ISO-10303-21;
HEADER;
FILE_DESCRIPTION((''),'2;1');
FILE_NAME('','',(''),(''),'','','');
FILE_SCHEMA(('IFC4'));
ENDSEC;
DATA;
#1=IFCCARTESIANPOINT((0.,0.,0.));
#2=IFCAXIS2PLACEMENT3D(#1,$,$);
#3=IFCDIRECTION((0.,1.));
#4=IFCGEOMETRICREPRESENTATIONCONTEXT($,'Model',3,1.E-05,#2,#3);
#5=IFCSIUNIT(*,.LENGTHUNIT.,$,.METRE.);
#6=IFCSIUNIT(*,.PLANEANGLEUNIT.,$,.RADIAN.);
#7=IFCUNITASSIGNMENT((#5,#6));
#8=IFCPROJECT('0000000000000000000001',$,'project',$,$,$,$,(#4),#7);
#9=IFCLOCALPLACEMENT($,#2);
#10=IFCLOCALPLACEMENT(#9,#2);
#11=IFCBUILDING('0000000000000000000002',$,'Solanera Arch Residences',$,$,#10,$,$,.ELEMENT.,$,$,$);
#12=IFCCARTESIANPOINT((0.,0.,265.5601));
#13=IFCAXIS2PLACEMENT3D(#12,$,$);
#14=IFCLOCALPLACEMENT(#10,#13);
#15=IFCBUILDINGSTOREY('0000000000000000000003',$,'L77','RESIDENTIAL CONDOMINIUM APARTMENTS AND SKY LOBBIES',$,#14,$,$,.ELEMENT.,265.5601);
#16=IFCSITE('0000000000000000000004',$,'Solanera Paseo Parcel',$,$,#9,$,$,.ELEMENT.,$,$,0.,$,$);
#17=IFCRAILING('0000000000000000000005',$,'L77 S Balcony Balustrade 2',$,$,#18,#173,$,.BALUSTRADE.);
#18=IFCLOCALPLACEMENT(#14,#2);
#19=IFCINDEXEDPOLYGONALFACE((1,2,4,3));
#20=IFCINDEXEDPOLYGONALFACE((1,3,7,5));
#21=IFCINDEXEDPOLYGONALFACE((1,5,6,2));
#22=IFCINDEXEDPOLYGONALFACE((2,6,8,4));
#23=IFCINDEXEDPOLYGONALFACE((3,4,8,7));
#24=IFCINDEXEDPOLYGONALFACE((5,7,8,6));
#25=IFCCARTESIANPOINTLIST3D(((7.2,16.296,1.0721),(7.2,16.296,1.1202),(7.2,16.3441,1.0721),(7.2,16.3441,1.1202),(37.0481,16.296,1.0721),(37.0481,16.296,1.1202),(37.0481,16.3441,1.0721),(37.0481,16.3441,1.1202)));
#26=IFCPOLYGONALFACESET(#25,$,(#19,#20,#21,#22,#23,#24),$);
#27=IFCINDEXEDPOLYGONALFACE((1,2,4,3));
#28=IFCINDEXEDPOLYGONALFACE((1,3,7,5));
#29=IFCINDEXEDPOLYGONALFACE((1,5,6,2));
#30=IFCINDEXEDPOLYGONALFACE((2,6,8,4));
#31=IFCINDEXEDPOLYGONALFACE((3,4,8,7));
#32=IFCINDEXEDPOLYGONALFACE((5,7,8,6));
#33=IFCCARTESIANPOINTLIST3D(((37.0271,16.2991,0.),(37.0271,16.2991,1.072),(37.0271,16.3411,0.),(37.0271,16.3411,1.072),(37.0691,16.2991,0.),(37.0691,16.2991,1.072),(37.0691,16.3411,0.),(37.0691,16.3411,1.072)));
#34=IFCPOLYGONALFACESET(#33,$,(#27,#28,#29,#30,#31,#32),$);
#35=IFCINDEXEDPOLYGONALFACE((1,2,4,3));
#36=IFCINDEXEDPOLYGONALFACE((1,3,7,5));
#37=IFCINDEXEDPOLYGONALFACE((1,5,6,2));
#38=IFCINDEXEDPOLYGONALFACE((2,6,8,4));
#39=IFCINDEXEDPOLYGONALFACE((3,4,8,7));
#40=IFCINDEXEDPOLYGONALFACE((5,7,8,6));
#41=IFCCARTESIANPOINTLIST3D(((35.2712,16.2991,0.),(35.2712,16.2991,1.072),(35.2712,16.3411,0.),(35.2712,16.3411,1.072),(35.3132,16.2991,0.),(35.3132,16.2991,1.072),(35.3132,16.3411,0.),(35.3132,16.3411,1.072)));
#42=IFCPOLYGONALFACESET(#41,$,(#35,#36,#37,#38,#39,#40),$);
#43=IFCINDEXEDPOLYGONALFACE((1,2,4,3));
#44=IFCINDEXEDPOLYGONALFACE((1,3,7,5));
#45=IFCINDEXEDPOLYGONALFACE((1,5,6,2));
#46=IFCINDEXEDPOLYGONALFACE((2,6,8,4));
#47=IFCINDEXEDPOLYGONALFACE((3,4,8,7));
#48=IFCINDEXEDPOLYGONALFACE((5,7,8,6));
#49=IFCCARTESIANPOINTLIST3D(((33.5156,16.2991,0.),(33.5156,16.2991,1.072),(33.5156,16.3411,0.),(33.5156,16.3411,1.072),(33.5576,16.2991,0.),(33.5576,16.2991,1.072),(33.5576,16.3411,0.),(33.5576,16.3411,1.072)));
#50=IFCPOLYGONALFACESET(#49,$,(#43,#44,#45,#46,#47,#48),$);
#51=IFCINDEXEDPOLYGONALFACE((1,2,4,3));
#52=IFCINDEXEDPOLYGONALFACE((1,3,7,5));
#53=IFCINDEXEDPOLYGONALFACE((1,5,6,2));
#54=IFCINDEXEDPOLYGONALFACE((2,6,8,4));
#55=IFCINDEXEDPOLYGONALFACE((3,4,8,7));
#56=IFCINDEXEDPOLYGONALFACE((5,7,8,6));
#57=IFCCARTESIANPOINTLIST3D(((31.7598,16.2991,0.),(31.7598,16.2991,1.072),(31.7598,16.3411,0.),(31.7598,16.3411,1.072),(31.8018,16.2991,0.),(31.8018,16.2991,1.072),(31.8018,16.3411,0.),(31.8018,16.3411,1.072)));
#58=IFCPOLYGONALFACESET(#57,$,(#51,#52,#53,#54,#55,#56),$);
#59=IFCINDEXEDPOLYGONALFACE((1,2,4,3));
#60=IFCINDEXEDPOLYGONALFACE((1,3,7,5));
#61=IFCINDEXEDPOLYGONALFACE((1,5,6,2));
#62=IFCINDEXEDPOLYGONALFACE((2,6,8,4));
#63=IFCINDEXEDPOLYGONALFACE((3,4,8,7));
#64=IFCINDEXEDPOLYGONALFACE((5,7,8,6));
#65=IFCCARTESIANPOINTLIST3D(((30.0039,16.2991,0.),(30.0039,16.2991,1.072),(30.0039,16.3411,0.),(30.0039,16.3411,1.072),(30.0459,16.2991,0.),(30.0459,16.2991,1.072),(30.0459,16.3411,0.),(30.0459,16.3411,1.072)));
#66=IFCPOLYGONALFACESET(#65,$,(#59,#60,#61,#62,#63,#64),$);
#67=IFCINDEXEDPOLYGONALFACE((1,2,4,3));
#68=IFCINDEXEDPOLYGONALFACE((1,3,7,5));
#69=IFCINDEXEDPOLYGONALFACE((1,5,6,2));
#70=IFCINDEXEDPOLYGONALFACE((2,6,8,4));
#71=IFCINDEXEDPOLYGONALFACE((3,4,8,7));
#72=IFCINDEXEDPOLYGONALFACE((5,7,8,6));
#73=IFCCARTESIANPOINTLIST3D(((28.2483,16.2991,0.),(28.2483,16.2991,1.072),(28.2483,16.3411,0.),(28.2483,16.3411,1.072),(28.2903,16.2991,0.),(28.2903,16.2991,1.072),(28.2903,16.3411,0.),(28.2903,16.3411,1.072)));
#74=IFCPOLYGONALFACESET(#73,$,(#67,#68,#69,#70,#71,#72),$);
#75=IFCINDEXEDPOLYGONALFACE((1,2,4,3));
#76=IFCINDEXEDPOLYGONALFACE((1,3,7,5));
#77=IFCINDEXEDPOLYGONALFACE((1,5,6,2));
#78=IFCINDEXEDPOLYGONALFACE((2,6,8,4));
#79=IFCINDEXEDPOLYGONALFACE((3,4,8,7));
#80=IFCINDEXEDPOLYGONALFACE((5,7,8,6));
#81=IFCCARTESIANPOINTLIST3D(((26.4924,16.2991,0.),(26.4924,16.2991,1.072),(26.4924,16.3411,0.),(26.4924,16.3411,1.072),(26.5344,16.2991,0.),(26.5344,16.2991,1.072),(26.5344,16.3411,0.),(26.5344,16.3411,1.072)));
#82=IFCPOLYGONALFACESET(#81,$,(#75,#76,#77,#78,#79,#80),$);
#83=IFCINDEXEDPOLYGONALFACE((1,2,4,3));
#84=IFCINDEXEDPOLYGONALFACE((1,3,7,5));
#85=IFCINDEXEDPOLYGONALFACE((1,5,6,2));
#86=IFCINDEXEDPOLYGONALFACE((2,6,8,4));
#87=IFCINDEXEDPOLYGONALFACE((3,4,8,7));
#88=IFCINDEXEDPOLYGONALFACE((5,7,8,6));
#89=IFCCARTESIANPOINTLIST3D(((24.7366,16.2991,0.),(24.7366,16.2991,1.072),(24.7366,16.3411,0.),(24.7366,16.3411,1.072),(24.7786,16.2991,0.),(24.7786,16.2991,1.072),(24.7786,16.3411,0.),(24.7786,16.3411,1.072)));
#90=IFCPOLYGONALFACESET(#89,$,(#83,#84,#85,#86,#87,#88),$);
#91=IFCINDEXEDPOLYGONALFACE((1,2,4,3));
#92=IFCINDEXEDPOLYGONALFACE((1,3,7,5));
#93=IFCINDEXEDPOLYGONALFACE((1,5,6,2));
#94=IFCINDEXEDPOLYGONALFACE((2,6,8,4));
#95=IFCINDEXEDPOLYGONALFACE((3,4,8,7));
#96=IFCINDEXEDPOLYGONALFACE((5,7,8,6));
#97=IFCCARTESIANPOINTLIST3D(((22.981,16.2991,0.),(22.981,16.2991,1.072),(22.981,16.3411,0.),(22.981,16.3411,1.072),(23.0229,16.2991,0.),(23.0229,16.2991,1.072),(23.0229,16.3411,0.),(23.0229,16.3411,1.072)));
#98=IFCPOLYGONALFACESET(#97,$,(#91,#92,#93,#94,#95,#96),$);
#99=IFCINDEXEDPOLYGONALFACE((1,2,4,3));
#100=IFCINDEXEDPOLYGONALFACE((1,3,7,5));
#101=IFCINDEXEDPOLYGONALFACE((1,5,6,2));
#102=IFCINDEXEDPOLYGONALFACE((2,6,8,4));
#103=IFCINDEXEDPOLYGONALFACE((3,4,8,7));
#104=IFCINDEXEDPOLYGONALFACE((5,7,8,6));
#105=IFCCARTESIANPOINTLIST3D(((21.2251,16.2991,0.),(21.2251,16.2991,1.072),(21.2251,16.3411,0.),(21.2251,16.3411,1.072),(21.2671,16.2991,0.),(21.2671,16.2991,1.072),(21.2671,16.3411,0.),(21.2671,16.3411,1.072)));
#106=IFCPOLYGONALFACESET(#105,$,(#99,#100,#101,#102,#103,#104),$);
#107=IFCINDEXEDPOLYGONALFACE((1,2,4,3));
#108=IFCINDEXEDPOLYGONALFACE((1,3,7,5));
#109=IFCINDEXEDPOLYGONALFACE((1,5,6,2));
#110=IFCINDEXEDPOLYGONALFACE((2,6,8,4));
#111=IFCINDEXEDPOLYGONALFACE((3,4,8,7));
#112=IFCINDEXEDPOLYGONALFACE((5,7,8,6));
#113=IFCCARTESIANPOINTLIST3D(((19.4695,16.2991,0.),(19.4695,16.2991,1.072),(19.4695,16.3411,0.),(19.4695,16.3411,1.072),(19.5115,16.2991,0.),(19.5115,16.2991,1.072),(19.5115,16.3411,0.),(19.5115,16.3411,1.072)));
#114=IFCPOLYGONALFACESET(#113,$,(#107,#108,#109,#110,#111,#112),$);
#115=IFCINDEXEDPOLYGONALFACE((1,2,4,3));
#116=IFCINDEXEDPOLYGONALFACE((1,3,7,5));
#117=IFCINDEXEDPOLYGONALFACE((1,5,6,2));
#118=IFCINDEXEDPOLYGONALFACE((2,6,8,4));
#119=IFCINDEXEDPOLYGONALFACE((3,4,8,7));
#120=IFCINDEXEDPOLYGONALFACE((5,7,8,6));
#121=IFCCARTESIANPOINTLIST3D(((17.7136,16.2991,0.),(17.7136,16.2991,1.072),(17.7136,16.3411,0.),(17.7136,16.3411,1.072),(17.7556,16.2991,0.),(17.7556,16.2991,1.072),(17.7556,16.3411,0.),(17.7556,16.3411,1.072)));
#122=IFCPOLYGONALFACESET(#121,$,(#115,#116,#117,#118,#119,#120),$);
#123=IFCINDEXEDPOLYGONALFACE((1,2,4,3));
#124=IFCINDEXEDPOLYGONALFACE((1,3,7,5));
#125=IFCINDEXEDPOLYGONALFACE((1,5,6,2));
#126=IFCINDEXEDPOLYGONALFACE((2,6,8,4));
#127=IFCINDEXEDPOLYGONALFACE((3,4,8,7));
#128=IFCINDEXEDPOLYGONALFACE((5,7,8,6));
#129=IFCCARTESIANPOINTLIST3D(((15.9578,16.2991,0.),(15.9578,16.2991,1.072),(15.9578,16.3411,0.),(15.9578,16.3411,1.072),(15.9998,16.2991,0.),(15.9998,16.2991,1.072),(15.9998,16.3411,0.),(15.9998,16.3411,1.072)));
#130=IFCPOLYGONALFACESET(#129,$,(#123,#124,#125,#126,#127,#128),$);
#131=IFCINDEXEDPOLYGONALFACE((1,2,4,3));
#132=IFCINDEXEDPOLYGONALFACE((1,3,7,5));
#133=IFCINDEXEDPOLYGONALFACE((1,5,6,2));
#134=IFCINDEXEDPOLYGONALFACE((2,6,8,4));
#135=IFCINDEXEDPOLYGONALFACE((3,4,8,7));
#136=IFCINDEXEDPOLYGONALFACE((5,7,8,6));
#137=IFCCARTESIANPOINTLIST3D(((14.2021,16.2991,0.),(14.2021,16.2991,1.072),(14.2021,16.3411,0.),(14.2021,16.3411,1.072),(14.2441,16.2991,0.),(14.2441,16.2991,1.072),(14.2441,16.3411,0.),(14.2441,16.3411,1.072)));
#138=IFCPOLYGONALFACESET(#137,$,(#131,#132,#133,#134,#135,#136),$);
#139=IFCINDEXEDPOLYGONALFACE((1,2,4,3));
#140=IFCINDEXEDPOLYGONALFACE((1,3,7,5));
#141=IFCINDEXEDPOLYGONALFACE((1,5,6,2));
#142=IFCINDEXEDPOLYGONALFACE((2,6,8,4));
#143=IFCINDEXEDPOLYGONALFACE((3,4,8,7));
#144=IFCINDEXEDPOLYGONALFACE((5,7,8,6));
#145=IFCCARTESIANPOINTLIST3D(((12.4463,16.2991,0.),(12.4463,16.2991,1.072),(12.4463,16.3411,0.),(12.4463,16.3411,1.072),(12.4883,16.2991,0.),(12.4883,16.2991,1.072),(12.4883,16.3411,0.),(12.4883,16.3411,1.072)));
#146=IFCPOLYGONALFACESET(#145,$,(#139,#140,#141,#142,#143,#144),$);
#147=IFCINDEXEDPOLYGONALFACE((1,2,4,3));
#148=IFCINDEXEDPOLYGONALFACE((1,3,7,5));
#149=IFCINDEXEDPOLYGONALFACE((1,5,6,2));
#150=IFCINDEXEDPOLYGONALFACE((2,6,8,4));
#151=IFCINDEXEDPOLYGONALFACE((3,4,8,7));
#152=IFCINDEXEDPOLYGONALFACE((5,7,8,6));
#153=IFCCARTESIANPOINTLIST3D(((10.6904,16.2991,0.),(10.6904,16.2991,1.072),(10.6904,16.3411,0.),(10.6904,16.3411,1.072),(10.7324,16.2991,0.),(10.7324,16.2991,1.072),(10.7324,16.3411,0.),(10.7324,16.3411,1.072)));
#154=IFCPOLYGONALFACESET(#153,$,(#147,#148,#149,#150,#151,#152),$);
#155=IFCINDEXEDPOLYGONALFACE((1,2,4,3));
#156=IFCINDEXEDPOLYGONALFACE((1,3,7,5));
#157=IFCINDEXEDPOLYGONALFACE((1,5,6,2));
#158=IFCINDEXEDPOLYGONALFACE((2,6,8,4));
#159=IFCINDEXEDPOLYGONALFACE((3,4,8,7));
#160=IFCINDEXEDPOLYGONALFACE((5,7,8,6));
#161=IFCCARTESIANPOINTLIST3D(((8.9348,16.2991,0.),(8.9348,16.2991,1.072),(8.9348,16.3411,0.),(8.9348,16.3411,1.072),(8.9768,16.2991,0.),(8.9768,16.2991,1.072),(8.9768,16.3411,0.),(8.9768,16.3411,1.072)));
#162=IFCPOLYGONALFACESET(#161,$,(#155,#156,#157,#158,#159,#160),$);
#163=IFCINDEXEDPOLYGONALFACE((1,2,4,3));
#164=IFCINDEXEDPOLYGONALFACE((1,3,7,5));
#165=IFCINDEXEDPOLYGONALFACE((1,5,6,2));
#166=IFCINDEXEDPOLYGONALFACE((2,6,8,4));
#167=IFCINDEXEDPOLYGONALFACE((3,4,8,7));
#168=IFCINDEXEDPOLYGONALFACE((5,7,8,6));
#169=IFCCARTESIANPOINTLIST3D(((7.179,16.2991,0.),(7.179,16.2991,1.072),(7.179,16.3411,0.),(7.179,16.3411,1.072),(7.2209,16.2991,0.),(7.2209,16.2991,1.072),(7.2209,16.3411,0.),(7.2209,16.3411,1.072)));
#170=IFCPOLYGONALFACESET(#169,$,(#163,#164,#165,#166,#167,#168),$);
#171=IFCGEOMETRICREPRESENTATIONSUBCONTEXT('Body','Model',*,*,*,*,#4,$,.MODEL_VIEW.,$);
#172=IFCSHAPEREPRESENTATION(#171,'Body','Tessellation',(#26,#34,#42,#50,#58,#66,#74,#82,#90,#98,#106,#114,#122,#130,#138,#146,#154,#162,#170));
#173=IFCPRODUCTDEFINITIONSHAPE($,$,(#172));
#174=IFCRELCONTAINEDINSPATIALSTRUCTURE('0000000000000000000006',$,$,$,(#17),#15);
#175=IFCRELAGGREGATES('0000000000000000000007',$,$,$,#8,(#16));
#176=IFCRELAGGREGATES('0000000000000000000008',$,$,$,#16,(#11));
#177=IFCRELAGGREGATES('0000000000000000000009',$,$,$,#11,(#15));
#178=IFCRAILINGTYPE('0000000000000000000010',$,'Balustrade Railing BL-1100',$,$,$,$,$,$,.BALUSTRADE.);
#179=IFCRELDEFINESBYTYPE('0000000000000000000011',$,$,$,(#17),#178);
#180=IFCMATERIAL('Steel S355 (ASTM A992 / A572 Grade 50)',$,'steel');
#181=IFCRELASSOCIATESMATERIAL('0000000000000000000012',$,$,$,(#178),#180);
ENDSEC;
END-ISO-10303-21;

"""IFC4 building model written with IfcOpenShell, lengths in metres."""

from ifc_helpers import new_model, si_unit, direction, frame, origin, origin_2d, place, context, subcontext, project, spatial, rectangle, extrude, material, type_object, element, save


model = new_model("IFC4")

# Units and contexts
model_context = context("Model", 3, precision=1e-05, world=origin(), true_north=direction((0.0, 1.0)))
body_context = subcontext(model_context, "Body", "Model", "MODEL_VIEW")
ifc_project = project(units=[si_unit("LENGTHUNIT", "METRE"), si_unit("PLANEANGLEUNIT", "RADIAN")], contexts=[model_context])

# Site, building, storey
site_placement = place(None, origin())
site = spatial("IfcSite", under=ifc_project, at=site_placement, Name="Solanera Paseo Parcel", CompositionType="ELEMENT", RefElevation=0.0)
building_placement = place(site_placement, origin())
building = spatial("IfcBuilding", under=site, at=building_placement, Name="Solanera Arch Residences", CompositionType="ELEMENT")
storey_placement = place(building_placement, frame((0.0, 0.0, 265.5601)))
storey = spatial("IfcBuildingStorey", under=building, at=storey_placement, Name="L77", Description="RESIDENTIAL CONDOMINIUM APARTMENTS AND SKY LOBBIES", CompositionType="ELEMENT", Elevation=265.5601)

# Railing
ifc_material_1 = material(Name="Steel S355 (ASTM A992 / A572 Grade 50)", Category="steel")
railing_type = type_object("IfcRailingType", Name="Balustrade Railing BL-1100", PredefinedType="BALUSTRADE", material=ifc_material_1)
railing_1_placement = place(storey_placement, frame((37.0481, 16.3201, 0.0)))
element("IfcRailing", 1, at=railing_1_placement, inside=storey, type_object=railing_type, Name="L77 S Balcony Balustrade 2", PredefinedType="BALUSTRADE", context=body_context, shape_type="SweptSolid", body=[
    extrude(rectangle(XDim=0.0481, YDim=0.0481, at=origin_2d()), frame((0.0, 0.0, 1.0962), z_axis=(-1.0, 0.0, 0.0), x_axis=(0.0, -1.0, 0.0)), (0.0, 0.0, 1.0), 29.8481),
    extrude(rectangle(XDim=0.042, YDim=0.042, at=origin_2d()), origin(), (0.0, 0.0, 1.0), 1.072),
    extrude(rectangle(XDim=0.042, YDim=0.042, at=origin_2d()), frame((-1.7559, 0.0, 0.0)), (0.0, 0.0, 1.0), 1.072),
    extrude(rectangle(XDim=0.042, YDim=0.042, at=origin_2d()), frame((-3.5115, 0.0, 0.0)), (0.0, 0.0, 1.0), 1.072),
    extrude(rectangle(XDim=0.042, YDim=0.042, at=origin_2d()), frame((-5.2673, 0.0, 0.0)), (0.0, 0.0, 1.0), 1.072),
    extrude(rectangle(XDim=0.042, YDim=0.042, at=origin_2d()), frame((-7.0232, 0.0, 0.0)), (0.0, 0.0, 1.0), 1.072),
    extrude(rectangle(XDim=0.042, YDim=0.042, at=origin_2d()), frame((-8.7788, 0.0, 0.0)), (0.0, 0.0, 1.0), 1.072),
    extrude(rectangle(XDim=0.042, YDim=0.042, at=origin_2d()), frame((-10.5347, 0.0, 0.0)), (0.0, 0.0, 1.0), 1.072),
    extrude(rectangle(XDim=0.042, YDim=0.042, at=origin_2d()), frame((-12.2905, 0.0, 0.0)), (0.0, 0.0, 1.0), 1.072),
    extrude(rectangle(XDim=0.042, YDim=0.042, at=origin_2d()), frame((-14.0461, 0.0, 0.0)), (0.0, 0.0, 1.0), 1.072),
    extrude(rectangle(XDim=0.042, YDim=0.042, at=origin_2d()), frame((-15.802, 0.0, 0.0)), (0.0, 0.0, 1.0), 1.072),
    extrude(rectangle(XDim=0.042, YDim=0.042, at=origin_2d()), frame((-17.5576, 0.0, 0.0)), (0.0, 0.0, 1.0), 1.072),
    extrude(rectangle(XDim=0.042, YDim=0.042, at=origin_2d()), frame((-19.3135, 0.0, 0.0)), (0.0, 0.0, 1.0), 1.072),
    extrude(rectangle(XDim=0.042, YDim=0.042, at=origin_2d()), frame((-21.0693, 0.0, 0.0)), (0.0, 0.0, 1.0), 1.072),
    extrude(rectangle(XDim=0.042, YDim=0.042, at=origin_2d()), frame((-22.825, 0.0, 0.0)), (0.0, 0.0, 1.0), 1.072),
    extrude(rectangle(XDim=0.042, YDim=0.042, at=origin_2d()), frame((-24.5808, 0.0, 0.0)), (0.0, 0.0, 1.0), 1.072),
    extrude(rectangle(XDim=0.042, YDim=0.042, at=origin_2d()), frame((-26.3367, 0.0, 0.0)), (0.0, 0.0, 1.0), 1.072),
    extrude(rectangle(XDim=0.042, YDim=0.042, at=origin_2d()), frame((-28.0923, 0.0, 0.0)), (0.0, 0.0, 1.0), 1.072),
    extrude(rectangle(XDim=0.042, YDim=0.042, at=origin_2d()), frame((-29.8481, 0.0, 0.0)), (0.0, 0.0, 1.0), 1.072),
])

save(model, "model.ifc")
